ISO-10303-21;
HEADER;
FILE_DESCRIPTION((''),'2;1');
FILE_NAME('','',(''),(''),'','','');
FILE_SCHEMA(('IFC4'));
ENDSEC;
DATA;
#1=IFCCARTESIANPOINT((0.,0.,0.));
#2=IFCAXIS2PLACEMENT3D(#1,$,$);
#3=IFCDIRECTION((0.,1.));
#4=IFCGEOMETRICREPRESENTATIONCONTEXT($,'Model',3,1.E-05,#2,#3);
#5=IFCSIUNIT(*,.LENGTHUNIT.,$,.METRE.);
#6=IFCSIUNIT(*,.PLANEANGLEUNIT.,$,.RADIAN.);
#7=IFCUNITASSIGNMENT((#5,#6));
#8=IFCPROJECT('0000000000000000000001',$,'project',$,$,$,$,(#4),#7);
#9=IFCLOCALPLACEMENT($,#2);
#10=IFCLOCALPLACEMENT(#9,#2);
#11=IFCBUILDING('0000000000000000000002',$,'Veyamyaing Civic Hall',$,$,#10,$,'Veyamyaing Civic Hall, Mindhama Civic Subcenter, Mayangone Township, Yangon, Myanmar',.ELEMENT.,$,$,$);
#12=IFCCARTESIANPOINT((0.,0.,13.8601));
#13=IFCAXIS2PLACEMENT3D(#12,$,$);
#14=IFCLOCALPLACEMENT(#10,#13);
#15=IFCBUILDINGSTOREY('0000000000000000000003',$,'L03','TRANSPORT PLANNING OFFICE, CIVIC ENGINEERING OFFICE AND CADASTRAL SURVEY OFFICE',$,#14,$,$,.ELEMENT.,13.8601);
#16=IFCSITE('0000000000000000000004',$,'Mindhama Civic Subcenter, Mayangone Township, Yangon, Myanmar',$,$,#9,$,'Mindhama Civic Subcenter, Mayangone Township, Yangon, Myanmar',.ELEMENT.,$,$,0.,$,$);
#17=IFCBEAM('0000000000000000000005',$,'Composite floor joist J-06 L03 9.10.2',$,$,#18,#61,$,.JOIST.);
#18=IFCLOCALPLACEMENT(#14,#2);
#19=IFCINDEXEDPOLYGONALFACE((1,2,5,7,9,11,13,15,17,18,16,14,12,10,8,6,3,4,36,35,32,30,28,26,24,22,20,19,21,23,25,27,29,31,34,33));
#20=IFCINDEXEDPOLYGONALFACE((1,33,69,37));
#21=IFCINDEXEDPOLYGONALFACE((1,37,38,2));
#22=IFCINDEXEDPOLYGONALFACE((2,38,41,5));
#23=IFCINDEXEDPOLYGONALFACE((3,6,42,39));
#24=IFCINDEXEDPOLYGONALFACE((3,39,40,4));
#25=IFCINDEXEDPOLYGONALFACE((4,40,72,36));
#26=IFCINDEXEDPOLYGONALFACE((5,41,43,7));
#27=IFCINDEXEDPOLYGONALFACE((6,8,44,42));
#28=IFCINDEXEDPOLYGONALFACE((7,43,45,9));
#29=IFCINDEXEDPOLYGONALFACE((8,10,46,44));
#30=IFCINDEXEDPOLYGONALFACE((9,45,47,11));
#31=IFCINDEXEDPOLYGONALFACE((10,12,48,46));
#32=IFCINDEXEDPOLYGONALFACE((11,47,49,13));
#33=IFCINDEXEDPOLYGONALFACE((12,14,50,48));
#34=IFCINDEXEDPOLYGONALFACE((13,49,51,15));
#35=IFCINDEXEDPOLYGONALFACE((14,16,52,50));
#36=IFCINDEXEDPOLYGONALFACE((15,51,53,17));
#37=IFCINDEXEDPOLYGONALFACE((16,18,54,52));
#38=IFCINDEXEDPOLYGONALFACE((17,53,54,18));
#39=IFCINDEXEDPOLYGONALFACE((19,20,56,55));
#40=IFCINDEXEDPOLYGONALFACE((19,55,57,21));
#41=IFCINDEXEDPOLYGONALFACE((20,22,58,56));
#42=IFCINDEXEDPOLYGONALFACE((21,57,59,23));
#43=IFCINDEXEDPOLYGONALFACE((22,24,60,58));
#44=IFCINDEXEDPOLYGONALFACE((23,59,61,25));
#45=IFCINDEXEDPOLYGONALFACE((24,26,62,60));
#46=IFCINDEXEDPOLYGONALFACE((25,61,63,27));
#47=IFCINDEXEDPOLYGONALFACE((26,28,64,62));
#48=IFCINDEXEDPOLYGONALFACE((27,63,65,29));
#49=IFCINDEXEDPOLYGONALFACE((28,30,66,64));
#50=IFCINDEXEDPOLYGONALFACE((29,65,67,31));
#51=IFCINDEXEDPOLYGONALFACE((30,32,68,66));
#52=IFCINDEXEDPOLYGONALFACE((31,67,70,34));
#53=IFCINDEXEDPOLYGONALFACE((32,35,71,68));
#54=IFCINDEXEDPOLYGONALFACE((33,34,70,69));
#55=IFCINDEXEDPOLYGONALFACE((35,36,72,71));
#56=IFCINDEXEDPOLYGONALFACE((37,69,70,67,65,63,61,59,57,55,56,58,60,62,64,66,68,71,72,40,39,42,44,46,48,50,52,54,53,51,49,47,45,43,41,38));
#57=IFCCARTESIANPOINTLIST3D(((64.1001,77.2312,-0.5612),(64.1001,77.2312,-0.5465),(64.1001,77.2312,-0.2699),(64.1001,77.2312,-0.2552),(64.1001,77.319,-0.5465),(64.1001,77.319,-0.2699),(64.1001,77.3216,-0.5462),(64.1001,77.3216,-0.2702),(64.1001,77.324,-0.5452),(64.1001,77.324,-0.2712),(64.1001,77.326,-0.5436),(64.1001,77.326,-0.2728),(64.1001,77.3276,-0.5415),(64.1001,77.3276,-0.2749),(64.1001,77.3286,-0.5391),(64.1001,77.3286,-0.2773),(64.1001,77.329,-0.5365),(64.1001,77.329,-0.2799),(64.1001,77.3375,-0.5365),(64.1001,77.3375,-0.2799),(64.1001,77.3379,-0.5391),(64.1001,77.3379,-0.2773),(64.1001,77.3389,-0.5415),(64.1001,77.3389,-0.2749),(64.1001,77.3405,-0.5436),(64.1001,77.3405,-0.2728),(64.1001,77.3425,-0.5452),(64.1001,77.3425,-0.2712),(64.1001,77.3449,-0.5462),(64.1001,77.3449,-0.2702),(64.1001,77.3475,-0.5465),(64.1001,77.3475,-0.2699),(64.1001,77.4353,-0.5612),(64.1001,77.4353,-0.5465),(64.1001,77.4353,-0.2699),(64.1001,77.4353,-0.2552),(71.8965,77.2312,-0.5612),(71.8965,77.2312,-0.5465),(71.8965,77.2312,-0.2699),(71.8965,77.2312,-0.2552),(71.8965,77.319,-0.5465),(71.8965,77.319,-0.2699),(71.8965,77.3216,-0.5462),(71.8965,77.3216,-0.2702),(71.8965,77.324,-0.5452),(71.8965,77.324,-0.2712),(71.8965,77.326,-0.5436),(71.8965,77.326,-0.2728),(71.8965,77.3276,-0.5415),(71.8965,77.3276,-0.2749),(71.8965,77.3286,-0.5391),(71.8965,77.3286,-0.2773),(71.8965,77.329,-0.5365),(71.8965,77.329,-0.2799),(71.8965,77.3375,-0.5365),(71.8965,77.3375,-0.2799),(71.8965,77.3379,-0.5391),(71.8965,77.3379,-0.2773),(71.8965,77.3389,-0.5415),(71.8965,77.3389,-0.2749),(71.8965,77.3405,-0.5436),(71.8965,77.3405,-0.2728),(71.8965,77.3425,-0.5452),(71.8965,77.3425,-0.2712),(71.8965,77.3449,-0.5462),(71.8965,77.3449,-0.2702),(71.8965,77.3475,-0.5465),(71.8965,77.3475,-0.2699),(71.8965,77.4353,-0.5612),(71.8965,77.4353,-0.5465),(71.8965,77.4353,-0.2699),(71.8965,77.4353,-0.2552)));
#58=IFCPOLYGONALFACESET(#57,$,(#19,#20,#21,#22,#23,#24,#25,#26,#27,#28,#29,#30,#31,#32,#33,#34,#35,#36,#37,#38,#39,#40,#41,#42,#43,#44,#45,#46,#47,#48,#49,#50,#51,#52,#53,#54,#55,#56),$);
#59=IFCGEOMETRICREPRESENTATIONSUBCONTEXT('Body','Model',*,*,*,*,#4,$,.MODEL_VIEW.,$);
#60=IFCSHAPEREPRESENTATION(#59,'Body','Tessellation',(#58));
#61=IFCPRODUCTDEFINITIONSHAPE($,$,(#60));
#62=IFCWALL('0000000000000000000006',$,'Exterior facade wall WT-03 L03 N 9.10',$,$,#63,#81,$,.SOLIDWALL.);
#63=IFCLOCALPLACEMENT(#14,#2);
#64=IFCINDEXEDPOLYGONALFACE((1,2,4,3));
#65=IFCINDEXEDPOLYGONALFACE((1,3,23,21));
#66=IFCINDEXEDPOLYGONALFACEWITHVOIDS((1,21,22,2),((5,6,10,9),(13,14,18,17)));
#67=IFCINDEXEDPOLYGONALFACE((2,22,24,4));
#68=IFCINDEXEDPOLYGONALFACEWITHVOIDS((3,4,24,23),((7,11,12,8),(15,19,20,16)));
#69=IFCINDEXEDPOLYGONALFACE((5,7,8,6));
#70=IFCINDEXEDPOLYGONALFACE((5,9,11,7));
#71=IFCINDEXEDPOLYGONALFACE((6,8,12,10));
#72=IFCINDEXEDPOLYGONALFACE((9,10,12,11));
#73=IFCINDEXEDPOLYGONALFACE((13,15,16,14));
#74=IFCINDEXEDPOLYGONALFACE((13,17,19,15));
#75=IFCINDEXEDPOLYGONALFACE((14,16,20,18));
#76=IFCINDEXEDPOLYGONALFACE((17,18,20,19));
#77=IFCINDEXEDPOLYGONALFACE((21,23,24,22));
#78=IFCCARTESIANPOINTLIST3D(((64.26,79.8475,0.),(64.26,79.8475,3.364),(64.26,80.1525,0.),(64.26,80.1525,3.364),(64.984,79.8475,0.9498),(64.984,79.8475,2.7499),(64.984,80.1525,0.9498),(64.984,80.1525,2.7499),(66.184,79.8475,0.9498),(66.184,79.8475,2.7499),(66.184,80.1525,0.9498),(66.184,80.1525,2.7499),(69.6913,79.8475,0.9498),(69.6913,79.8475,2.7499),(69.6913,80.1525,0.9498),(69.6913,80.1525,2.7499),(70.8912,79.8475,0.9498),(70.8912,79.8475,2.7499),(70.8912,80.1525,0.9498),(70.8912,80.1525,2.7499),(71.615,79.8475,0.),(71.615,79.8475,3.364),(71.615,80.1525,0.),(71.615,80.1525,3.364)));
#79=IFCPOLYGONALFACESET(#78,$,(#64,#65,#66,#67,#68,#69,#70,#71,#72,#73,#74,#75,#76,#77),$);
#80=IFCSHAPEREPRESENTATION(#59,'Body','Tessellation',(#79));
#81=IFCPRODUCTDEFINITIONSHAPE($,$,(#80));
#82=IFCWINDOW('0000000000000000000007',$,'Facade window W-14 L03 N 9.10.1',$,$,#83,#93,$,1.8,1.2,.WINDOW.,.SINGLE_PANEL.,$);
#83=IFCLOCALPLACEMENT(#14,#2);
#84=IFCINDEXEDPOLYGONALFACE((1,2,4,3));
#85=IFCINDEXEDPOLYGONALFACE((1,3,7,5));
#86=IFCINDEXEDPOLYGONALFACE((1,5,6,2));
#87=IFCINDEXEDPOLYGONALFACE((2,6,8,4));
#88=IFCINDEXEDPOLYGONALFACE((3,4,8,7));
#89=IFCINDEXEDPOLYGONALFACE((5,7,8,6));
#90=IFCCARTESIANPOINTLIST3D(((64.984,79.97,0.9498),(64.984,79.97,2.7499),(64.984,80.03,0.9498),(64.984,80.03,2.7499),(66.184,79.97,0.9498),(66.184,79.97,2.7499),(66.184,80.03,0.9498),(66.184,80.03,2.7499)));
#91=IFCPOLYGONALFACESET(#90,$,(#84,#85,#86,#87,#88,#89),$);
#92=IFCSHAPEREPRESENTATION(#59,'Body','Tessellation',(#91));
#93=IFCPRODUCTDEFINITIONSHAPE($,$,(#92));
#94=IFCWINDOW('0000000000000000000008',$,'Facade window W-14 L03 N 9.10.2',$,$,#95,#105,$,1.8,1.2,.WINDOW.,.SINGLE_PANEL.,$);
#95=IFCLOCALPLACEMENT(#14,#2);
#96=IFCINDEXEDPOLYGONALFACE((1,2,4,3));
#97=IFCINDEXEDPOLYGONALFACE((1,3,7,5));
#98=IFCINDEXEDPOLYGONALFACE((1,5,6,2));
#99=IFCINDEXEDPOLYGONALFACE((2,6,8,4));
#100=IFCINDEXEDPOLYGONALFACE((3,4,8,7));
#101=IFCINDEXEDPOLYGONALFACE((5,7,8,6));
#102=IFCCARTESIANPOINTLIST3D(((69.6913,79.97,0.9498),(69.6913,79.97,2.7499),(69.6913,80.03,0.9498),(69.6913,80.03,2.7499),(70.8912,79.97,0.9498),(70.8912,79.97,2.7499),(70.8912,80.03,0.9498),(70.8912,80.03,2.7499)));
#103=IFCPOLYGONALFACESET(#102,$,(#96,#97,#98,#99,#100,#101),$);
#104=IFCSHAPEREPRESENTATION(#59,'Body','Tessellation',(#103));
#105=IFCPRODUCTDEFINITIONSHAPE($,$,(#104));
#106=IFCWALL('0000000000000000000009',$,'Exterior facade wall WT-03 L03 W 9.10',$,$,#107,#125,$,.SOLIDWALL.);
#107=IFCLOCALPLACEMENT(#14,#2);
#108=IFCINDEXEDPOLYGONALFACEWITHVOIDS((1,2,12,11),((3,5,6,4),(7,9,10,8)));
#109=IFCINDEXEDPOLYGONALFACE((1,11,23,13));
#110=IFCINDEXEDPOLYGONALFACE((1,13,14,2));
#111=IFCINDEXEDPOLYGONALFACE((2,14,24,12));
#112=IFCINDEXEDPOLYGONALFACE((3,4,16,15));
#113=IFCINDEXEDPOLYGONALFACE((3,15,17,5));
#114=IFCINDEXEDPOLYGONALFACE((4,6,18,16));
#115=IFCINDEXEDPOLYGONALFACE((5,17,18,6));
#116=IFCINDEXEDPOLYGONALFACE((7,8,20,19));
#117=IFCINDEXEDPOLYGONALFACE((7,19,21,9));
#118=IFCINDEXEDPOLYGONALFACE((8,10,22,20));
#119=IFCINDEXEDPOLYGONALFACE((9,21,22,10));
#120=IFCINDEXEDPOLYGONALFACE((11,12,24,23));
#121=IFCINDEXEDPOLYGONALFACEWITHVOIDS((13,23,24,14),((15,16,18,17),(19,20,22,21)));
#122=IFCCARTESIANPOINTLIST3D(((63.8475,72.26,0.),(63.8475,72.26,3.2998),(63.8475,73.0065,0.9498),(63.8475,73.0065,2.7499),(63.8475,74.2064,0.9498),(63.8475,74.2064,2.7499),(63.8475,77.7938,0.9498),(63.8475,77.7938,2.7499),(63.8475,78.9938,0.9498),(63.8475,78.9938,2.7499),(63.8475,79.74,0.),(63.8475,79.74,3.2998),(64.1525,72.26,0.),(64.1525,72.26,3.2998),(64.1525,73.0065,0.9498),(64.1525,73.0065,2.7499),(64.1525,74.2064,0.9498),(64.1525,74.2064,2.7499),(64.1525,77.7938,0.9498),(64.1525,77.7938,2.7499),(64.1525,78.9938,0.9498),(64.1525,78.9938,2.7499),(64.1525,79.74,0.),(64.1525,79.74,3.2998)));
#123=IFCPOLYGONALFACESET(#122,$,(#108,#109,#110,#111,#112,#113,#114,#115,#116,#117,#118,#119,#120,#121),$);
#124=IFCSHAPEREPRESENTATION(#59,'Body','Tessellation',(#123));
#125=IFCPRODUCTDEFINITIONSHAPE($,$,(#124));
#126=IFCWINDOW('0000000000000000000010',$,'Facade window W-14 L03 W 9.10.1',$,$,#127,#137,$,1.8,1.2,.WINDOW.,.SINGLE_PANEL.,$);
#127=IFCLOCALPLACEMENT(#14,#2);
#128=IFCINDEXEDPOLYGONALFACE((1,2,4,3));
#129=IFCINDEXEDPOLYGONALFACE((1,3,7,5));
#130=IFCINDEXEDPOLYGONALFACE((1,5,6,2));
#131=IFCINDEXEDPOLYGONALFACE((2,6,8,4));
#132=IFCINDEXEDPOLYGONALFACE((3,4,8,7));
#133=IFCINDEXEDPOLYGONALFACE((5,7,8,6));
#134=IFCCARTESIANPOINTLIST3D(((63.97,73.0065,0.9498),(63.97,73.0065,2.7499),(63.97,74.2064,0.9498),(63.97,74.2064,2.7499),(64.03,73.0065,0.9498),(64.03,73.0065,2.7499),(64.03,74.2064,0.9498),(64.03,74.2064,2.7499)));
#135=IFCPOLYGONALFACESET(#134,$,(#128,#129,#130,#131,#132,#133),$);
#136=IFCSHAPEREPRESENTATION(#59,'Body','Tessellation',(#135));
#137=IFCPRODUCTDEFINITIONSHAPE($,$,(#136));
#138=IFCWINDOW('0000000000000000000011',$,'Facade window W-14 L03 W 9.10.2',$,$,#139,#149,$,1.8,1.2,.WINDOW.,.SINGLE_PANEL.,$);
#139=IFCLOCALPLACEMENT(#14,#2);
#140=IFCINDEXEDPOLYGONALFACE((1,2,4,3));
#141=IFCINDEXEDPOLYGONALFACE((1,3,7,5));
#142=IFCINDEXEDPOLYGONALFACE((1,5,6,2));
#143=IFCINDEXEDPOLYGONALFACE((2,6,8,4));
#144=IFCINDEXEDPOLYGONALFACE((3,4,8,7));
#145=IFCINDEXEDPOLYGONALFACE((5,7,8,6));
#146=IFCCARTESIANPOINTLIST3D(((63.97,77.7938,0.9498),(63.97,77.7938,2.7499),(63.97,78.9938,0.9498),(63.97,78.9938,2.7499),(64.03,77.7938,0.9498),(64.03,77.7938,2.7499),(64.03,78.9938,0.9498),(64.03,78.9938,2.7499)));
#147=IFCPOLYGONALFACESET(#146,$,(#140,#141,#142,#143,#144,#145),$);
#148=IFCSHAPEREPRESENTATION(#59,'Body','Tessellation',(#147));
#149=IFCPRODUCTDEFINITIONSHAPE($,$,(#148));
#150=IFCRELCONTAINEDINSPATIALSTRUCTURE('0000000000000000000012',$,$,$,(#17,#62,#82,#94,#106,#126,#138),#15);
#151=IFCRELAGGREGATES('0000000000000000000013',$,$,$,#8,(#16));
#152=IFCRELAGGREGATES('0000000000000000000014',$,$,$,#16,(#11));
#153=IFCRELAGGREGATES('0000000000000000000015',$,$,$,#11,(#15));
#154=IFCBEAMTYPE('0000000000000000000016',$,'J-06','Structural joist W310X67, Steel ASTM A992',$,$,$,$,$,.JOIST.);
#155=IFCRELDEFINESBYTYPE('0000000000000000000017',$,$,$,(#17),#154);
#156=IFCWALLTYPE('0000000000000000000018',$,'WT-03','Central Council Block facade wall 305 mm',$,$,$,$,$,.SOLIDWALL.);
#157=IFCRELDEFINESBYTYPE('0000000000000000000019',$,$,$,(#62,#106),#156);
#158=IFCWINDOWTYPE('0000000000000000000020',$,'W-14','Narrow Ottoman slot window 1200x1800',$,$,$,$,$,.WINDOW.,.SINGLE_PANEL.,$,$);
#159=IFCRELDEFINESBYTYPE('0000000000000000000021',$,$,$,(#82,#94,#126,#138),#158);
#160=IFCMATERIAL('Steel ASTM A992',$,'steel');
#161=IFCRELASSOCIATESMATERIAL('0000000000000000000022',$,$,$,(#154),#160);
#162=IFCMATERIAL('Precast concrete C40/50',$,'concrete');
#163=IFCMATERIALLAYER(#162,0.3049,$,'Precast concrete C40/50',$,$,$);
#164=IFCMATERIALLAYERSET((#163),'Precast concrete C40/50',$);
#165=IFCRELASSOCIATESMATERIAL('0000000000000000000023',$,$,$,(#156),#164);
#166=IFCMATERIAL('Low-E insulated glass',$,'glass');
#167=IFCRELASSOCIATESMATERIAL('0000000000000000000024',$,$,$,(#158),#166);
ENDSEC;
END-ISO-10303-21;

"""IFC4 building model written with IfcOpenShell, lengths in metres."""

from ifc_helpers import new_model, si_unit, direction, frame, frame_2d, origin, origin_2d, place, context, subcontext, project, spatial, rectangle, i_section, extrude, material, layer, layer_set, material_profile, profile_set, type_object, element, fill, save


model = new_model("IFC4")

# Units and contexts
model_context = context("Model", 3, precision=1e-05, world=origin(), true_north=direction((0.0, 1.0)))
body_context = subcontext(model_context, "Body", "Model", "MODEL_VIEW")
ifc_project = project(units=[si_unit("LENGTHUNIT", "METRE"), si_unit("PLANEANGLEUNIT", "RADIAN")], contexts=[model_context])

# Site, building, storey
site_placement = place(None, origin())
site = spatial("IfcSite", under=ifc_project, at=site_placement, Name="Mindhama Civic Subcenter, Mayangone Township, Yangon, Myanmar", LongName="Mindhama Civic Subcenter, Mayangone Township, Yangon, Myanmar", CompositionType="ELEMENT", RefElevation=0.0)
building_placement = place(site_placement, origin())
building = spatial("IfcBuilding", under=site, at=building_placement, Name="Veyamyaing Civic Hall", LongName="Veyamyaing Civic Hall, Mindhama Civic Subcenter, Mayangone Township, Yangon, Myanmar", CompositionType="ELEMENT")
storey_placement = place(building_placement, frame((0.0, 0.0, 13.8601)))
storey = spatial("IfcBuildingStorey", under=building, at=storey_placement, Name="L03", Description="TRANSPORT PLANNING OFFICE, CIVIC ENGINEERING OFFICE AND CADASTRAL SURVEY OFFICE", CompositionType="ELEMENT", Elevation=13.8601)

# Beam
ifc_material_1 = material(Name="Steel ASTM A992", Category="steel")
ifc_material_profile_1 = material_profile(ifc_material_1, i_section(OverallWidth=0.2041, OverallDepth=0.3059, WebThickness=0.0085, FlangeThickness=0.0146, FilletRadius=0.01, at=origin_2d()), Name="W310X67")
ifc_profile_set_1 = profile_set([ifc_material_profile_1], Name="Steel ASTM A992")
beam_type_1 = type_object("IfcBeamType", Name="J-06", Description="Structural joist W310X67, Steel ASTM A992", PredefinedType="JOIST", material=ifc_profile_set_1)
for number, where, z_axis, x_axis, name in (
    (1, (64.1001, 77.3333, -0.4082), (1.0, 0.0, 0.0), (0.0, 1.0, 0.0), "Composite floor joist J-06 L03 9.10.2"),
):
    element("IfcBeam", number, at=place(storey_placement, frame(where, z_axis=z_axis, x_axis=x_axis)), inside=storey, type_object=beam_type_1, Name=name, PredefinedType="JOIST", context=body_context, shape_type="SweptSolid", body=[
        extrude(i_section(OverallWidth=0.2041, OverallDepth=0.3059, WebThickness=0.0085, FlangeThickness=0.0146, FilletRadius=0.01, at=origin_2d()), origin(), (0.0, 0.0, 1.0), 7.7964),
    ])

# Walls, openings, windows
ifc_material_2 = material(Name="Precast concrete C40/50", Category="concrete")
ifc_layer_1 = layer(ifc_material_2, 0.3049, Name="Precast concrete C40/50")
ifc_layer_set_1 = layer_set([ifc_layer_1], Name="Precast concrete C40/50")
wall_type_1 = type_object("IfcWallType", Name="WT-03", Description="Central Council Block facade wall 305 mm", PredefinedType="SOLIDWALL", material=ifc_layer_set_1)
wall_1_placement = place(storey_placement, frame((64.26, 80.0, 0.0), z_axis=(0.0, 0.0, 1.0), x_axis=(1.0, 0.0, 0.0)))
wall_1 = element("IfcWall", 2, at=wall_1_placement, inside=storey, type_object=wall_type_1, Name="Exterior facade wall WT-03 L03 N 9.10", PredefinedType="SOLIDWALL", context=body_context, shape_type="SweptSolid", body=[
    extrude(rectangle(XDim=7.355, YDim=0.3049, at=frame_2d((3.6775, 0.0))), origin(), (0.0, 0.0, 1.0), 3.364),
])
opening_1_placement = place(wall_1_placement, frame((0.7239, 0.0, 0.95)))
opening_1 = element("IfcOpeningElement", 3, at=opening_1_placement, cuts=wall_1, PredefinedType="OPENING", context=body_context, shape_type="SweptSolid", body=[
    extrude(rectangle(XDim=1.2, YDim=1.8, at=frame_2d((0.6001, 0.8999))), frame((0.0, 0.1624, 0.0), z_axis=(0.0, -1.0, 0.0), x_axis=(1.0, 0.0, 0.0)), (0.0, 0.0, 1.0), 0.325),
])
opening_2_placement = place(wall_1_placement, frame((5.4312, 0.0, 0.95)))
opening_2 = element("IfcOpeningElement", 4, at=opening_2_placement, cuts=wall_1, PredefinedType="OPENING", context=body_context, shape_type="SweptSolid", body=[
    extrude(rectangle(XDim=1.2, YDim=1.8, at=frame_2d((0.6001, 0.8999))), frame((0.0, 0.1624, 0.0), z_axis=(0.0, -1.0, 0.0), x_axis=(1.0, 0.0, 0.0)), (0.0, 0.0, 1.0), 0.325),
])
ifc_material_3 = material(Name="Low-E insulated glass", Category="glass")
window_type = type_object("IfcWindowType", Name="W-14", Description="Narrow Ottoman slot window 1200x1800", PartitioningType="SINGLE_PANEL", PredefinedType="WINDOW", material=ifc_material_3)
window_1_placement = place(opening_1_placement, origin())
window_1 = element("IfcWindow", 5, at=window_1_placement, inside=storey, type_object=window_type, Name="Facade window W-14 L03 N 9.10.1", OverallHeight=1.8, OverallWidth=1.2, PartitioningType="SINGLE_PANEL", PredefinedType="WINDOW", context=body_context, shape_type="SweptSolid", body=[
    extrude(rectangle(XDim=1.2, YDim=1.8, at=frame_2d((0.6001, 0.8999))), frame((0.0, 0.03, 0.0), z_axis=(0.0, -1.0, 0.0), x_axis=(1.0, 0.0, 0.0)), (0.0, 0.0, 1.0), 0.0601),
])
fill(opening_1, window_1)
window_2_placement = place(opening_2_placement, origin())
window_2 = element("IfcWindow", 6, at=window_2_placement, inside=storey, type_object=window_type, Name="Facade window W-14 L03 N 9.10.2", OverallHeight=1.8, OverallWidth=1.2, PartitioningType="SINGLE_PANEL", PredefinedType="WINDOW", context=body_context, shape_type="SweptSolid", body=[
    extrude(rectangle(XDim=1.2, YDim=1.8, at=frame_2d((0.6001, 0.8999))), frame((0.0, 0.03, 0.0), z_axis=(0.0, -1.0, 0.0), x_axis=(1.0, 0.0, 0.0)), (0.0, 0.0, 1.0), 0.0601),
])
fill(opening_2, window_2)
wall_2_placement = place(storey_placement, frame((64.0, 72.26, 0.0), z_axis=(0.0, 0.0, 1.0), x_axis=(0.0, 1.0, 0.0)))
wall_2 = element("IfcWall", 7, at=wall_2_placement, inside=storey, type_object=wall_type_1, Name="Exterior facade wall WT-03 L03 W 9.10", PredefinedType="SOLIDWALL", context=body_context, shape_type="SweptSolid", body=[
    extrude(rectangle(XDim=7.48, YDim=0.3049, at=frame_2d((3.74, 0.0))), origin(), (0.0, 0.0, 1.0), 3.2998),
])
opening_3_placement = place(wall_2_placement, frame((0.7463, 0.0, 0.95)))
opening_3 = element("IfcOpeningElement", 8, at=opening_3_placement, cuts=wall_2, PredefinedType="OPENING", context=body_context, shape_type="SweptSolid", body=[
    extrude(rectangle(XDim=1.2, YDim=1.8, at=frame_2d((0.6001, 0.8999))), frame((0.0, 0.1624, 0.0), z_axis=(0.0, -1.0, 0.0), x_axis=(1.0, 0.0, 0.0)), (0.0, 0.0, 1.0), 0.325),
])
opening_4_placement = place(wall_2_placement, frame((5.5337, 0.0, 0.95)))
opening_4 = element("IfcOpeningElement", 9, at=opening_4_placement, cuts=wall_2, PredefinedType="OPENING", context=body_context, shape_type="SweptSolid", body=[
    extrude(rectangle(XDim=1.2, YDim=1.8, at=frame_2d((0.6001, 0.8999))), frame((0.0, 0.1624, 0.0), z_axis=(0.0, -1.0, 0.0), x_axis=(1.0, 0.0, 0.0)), (0.0, 0.0, 1.0), 0.325),
])
window_3_placement = place(opening_3_placement, origin())
window_3 = element("IfcWindow", 10, at=window_3_placement, inside=storey, type_object=window_type, Name="Facade window W-14 L03 W 9.10.1", OverallHeight=1.8, OverallWidth=1.2, PartitioningType="SINGLE_PANEL", PredefinedType="WINDOW", context=body_context, shape_type="SweptSolid", body=[
    extrude(rectangle(XDim=1.2, YDim=1.8, at=frame_2d((0.6001, 0.8999))), frame((0.0, 0.03, 0.0), z_axis=(0.0, -1.0, 0.0), x_axis=(1.0, 0.0, 0.0)), (0.0, 0.0, 1.0), 0.0601),
])
fill(opening_3, window_3)
window_4_placement = place(opening_4_placement, origin())
window_4 = element("IfcWindow", 11, at=window_4_placement, inside=storey, type_object=window_type, Name="Facade window W-14 L03 W 9.10.2", OverallHeight=1.8, OverallWidth=1.2, PartitioningType="SINGLE_PANEL", PredefinedType="WINDOW", context=body_context, shape_type="SweptSolid", body=[
    extrude(rectangle(XDim=1.2, YDim=1.8, at=frame_2d((0.6001, 0.8999))), frame((0.0, 0.03, 0.0), z_axis=(0.0, -1.0, 0.0), x_axis=(1.0, 0.0, 0.0)), (0.0, 0.0, 1.0), 0.0601),
])
fill(opening_4, window_4)

save(model, "model.ifc")
